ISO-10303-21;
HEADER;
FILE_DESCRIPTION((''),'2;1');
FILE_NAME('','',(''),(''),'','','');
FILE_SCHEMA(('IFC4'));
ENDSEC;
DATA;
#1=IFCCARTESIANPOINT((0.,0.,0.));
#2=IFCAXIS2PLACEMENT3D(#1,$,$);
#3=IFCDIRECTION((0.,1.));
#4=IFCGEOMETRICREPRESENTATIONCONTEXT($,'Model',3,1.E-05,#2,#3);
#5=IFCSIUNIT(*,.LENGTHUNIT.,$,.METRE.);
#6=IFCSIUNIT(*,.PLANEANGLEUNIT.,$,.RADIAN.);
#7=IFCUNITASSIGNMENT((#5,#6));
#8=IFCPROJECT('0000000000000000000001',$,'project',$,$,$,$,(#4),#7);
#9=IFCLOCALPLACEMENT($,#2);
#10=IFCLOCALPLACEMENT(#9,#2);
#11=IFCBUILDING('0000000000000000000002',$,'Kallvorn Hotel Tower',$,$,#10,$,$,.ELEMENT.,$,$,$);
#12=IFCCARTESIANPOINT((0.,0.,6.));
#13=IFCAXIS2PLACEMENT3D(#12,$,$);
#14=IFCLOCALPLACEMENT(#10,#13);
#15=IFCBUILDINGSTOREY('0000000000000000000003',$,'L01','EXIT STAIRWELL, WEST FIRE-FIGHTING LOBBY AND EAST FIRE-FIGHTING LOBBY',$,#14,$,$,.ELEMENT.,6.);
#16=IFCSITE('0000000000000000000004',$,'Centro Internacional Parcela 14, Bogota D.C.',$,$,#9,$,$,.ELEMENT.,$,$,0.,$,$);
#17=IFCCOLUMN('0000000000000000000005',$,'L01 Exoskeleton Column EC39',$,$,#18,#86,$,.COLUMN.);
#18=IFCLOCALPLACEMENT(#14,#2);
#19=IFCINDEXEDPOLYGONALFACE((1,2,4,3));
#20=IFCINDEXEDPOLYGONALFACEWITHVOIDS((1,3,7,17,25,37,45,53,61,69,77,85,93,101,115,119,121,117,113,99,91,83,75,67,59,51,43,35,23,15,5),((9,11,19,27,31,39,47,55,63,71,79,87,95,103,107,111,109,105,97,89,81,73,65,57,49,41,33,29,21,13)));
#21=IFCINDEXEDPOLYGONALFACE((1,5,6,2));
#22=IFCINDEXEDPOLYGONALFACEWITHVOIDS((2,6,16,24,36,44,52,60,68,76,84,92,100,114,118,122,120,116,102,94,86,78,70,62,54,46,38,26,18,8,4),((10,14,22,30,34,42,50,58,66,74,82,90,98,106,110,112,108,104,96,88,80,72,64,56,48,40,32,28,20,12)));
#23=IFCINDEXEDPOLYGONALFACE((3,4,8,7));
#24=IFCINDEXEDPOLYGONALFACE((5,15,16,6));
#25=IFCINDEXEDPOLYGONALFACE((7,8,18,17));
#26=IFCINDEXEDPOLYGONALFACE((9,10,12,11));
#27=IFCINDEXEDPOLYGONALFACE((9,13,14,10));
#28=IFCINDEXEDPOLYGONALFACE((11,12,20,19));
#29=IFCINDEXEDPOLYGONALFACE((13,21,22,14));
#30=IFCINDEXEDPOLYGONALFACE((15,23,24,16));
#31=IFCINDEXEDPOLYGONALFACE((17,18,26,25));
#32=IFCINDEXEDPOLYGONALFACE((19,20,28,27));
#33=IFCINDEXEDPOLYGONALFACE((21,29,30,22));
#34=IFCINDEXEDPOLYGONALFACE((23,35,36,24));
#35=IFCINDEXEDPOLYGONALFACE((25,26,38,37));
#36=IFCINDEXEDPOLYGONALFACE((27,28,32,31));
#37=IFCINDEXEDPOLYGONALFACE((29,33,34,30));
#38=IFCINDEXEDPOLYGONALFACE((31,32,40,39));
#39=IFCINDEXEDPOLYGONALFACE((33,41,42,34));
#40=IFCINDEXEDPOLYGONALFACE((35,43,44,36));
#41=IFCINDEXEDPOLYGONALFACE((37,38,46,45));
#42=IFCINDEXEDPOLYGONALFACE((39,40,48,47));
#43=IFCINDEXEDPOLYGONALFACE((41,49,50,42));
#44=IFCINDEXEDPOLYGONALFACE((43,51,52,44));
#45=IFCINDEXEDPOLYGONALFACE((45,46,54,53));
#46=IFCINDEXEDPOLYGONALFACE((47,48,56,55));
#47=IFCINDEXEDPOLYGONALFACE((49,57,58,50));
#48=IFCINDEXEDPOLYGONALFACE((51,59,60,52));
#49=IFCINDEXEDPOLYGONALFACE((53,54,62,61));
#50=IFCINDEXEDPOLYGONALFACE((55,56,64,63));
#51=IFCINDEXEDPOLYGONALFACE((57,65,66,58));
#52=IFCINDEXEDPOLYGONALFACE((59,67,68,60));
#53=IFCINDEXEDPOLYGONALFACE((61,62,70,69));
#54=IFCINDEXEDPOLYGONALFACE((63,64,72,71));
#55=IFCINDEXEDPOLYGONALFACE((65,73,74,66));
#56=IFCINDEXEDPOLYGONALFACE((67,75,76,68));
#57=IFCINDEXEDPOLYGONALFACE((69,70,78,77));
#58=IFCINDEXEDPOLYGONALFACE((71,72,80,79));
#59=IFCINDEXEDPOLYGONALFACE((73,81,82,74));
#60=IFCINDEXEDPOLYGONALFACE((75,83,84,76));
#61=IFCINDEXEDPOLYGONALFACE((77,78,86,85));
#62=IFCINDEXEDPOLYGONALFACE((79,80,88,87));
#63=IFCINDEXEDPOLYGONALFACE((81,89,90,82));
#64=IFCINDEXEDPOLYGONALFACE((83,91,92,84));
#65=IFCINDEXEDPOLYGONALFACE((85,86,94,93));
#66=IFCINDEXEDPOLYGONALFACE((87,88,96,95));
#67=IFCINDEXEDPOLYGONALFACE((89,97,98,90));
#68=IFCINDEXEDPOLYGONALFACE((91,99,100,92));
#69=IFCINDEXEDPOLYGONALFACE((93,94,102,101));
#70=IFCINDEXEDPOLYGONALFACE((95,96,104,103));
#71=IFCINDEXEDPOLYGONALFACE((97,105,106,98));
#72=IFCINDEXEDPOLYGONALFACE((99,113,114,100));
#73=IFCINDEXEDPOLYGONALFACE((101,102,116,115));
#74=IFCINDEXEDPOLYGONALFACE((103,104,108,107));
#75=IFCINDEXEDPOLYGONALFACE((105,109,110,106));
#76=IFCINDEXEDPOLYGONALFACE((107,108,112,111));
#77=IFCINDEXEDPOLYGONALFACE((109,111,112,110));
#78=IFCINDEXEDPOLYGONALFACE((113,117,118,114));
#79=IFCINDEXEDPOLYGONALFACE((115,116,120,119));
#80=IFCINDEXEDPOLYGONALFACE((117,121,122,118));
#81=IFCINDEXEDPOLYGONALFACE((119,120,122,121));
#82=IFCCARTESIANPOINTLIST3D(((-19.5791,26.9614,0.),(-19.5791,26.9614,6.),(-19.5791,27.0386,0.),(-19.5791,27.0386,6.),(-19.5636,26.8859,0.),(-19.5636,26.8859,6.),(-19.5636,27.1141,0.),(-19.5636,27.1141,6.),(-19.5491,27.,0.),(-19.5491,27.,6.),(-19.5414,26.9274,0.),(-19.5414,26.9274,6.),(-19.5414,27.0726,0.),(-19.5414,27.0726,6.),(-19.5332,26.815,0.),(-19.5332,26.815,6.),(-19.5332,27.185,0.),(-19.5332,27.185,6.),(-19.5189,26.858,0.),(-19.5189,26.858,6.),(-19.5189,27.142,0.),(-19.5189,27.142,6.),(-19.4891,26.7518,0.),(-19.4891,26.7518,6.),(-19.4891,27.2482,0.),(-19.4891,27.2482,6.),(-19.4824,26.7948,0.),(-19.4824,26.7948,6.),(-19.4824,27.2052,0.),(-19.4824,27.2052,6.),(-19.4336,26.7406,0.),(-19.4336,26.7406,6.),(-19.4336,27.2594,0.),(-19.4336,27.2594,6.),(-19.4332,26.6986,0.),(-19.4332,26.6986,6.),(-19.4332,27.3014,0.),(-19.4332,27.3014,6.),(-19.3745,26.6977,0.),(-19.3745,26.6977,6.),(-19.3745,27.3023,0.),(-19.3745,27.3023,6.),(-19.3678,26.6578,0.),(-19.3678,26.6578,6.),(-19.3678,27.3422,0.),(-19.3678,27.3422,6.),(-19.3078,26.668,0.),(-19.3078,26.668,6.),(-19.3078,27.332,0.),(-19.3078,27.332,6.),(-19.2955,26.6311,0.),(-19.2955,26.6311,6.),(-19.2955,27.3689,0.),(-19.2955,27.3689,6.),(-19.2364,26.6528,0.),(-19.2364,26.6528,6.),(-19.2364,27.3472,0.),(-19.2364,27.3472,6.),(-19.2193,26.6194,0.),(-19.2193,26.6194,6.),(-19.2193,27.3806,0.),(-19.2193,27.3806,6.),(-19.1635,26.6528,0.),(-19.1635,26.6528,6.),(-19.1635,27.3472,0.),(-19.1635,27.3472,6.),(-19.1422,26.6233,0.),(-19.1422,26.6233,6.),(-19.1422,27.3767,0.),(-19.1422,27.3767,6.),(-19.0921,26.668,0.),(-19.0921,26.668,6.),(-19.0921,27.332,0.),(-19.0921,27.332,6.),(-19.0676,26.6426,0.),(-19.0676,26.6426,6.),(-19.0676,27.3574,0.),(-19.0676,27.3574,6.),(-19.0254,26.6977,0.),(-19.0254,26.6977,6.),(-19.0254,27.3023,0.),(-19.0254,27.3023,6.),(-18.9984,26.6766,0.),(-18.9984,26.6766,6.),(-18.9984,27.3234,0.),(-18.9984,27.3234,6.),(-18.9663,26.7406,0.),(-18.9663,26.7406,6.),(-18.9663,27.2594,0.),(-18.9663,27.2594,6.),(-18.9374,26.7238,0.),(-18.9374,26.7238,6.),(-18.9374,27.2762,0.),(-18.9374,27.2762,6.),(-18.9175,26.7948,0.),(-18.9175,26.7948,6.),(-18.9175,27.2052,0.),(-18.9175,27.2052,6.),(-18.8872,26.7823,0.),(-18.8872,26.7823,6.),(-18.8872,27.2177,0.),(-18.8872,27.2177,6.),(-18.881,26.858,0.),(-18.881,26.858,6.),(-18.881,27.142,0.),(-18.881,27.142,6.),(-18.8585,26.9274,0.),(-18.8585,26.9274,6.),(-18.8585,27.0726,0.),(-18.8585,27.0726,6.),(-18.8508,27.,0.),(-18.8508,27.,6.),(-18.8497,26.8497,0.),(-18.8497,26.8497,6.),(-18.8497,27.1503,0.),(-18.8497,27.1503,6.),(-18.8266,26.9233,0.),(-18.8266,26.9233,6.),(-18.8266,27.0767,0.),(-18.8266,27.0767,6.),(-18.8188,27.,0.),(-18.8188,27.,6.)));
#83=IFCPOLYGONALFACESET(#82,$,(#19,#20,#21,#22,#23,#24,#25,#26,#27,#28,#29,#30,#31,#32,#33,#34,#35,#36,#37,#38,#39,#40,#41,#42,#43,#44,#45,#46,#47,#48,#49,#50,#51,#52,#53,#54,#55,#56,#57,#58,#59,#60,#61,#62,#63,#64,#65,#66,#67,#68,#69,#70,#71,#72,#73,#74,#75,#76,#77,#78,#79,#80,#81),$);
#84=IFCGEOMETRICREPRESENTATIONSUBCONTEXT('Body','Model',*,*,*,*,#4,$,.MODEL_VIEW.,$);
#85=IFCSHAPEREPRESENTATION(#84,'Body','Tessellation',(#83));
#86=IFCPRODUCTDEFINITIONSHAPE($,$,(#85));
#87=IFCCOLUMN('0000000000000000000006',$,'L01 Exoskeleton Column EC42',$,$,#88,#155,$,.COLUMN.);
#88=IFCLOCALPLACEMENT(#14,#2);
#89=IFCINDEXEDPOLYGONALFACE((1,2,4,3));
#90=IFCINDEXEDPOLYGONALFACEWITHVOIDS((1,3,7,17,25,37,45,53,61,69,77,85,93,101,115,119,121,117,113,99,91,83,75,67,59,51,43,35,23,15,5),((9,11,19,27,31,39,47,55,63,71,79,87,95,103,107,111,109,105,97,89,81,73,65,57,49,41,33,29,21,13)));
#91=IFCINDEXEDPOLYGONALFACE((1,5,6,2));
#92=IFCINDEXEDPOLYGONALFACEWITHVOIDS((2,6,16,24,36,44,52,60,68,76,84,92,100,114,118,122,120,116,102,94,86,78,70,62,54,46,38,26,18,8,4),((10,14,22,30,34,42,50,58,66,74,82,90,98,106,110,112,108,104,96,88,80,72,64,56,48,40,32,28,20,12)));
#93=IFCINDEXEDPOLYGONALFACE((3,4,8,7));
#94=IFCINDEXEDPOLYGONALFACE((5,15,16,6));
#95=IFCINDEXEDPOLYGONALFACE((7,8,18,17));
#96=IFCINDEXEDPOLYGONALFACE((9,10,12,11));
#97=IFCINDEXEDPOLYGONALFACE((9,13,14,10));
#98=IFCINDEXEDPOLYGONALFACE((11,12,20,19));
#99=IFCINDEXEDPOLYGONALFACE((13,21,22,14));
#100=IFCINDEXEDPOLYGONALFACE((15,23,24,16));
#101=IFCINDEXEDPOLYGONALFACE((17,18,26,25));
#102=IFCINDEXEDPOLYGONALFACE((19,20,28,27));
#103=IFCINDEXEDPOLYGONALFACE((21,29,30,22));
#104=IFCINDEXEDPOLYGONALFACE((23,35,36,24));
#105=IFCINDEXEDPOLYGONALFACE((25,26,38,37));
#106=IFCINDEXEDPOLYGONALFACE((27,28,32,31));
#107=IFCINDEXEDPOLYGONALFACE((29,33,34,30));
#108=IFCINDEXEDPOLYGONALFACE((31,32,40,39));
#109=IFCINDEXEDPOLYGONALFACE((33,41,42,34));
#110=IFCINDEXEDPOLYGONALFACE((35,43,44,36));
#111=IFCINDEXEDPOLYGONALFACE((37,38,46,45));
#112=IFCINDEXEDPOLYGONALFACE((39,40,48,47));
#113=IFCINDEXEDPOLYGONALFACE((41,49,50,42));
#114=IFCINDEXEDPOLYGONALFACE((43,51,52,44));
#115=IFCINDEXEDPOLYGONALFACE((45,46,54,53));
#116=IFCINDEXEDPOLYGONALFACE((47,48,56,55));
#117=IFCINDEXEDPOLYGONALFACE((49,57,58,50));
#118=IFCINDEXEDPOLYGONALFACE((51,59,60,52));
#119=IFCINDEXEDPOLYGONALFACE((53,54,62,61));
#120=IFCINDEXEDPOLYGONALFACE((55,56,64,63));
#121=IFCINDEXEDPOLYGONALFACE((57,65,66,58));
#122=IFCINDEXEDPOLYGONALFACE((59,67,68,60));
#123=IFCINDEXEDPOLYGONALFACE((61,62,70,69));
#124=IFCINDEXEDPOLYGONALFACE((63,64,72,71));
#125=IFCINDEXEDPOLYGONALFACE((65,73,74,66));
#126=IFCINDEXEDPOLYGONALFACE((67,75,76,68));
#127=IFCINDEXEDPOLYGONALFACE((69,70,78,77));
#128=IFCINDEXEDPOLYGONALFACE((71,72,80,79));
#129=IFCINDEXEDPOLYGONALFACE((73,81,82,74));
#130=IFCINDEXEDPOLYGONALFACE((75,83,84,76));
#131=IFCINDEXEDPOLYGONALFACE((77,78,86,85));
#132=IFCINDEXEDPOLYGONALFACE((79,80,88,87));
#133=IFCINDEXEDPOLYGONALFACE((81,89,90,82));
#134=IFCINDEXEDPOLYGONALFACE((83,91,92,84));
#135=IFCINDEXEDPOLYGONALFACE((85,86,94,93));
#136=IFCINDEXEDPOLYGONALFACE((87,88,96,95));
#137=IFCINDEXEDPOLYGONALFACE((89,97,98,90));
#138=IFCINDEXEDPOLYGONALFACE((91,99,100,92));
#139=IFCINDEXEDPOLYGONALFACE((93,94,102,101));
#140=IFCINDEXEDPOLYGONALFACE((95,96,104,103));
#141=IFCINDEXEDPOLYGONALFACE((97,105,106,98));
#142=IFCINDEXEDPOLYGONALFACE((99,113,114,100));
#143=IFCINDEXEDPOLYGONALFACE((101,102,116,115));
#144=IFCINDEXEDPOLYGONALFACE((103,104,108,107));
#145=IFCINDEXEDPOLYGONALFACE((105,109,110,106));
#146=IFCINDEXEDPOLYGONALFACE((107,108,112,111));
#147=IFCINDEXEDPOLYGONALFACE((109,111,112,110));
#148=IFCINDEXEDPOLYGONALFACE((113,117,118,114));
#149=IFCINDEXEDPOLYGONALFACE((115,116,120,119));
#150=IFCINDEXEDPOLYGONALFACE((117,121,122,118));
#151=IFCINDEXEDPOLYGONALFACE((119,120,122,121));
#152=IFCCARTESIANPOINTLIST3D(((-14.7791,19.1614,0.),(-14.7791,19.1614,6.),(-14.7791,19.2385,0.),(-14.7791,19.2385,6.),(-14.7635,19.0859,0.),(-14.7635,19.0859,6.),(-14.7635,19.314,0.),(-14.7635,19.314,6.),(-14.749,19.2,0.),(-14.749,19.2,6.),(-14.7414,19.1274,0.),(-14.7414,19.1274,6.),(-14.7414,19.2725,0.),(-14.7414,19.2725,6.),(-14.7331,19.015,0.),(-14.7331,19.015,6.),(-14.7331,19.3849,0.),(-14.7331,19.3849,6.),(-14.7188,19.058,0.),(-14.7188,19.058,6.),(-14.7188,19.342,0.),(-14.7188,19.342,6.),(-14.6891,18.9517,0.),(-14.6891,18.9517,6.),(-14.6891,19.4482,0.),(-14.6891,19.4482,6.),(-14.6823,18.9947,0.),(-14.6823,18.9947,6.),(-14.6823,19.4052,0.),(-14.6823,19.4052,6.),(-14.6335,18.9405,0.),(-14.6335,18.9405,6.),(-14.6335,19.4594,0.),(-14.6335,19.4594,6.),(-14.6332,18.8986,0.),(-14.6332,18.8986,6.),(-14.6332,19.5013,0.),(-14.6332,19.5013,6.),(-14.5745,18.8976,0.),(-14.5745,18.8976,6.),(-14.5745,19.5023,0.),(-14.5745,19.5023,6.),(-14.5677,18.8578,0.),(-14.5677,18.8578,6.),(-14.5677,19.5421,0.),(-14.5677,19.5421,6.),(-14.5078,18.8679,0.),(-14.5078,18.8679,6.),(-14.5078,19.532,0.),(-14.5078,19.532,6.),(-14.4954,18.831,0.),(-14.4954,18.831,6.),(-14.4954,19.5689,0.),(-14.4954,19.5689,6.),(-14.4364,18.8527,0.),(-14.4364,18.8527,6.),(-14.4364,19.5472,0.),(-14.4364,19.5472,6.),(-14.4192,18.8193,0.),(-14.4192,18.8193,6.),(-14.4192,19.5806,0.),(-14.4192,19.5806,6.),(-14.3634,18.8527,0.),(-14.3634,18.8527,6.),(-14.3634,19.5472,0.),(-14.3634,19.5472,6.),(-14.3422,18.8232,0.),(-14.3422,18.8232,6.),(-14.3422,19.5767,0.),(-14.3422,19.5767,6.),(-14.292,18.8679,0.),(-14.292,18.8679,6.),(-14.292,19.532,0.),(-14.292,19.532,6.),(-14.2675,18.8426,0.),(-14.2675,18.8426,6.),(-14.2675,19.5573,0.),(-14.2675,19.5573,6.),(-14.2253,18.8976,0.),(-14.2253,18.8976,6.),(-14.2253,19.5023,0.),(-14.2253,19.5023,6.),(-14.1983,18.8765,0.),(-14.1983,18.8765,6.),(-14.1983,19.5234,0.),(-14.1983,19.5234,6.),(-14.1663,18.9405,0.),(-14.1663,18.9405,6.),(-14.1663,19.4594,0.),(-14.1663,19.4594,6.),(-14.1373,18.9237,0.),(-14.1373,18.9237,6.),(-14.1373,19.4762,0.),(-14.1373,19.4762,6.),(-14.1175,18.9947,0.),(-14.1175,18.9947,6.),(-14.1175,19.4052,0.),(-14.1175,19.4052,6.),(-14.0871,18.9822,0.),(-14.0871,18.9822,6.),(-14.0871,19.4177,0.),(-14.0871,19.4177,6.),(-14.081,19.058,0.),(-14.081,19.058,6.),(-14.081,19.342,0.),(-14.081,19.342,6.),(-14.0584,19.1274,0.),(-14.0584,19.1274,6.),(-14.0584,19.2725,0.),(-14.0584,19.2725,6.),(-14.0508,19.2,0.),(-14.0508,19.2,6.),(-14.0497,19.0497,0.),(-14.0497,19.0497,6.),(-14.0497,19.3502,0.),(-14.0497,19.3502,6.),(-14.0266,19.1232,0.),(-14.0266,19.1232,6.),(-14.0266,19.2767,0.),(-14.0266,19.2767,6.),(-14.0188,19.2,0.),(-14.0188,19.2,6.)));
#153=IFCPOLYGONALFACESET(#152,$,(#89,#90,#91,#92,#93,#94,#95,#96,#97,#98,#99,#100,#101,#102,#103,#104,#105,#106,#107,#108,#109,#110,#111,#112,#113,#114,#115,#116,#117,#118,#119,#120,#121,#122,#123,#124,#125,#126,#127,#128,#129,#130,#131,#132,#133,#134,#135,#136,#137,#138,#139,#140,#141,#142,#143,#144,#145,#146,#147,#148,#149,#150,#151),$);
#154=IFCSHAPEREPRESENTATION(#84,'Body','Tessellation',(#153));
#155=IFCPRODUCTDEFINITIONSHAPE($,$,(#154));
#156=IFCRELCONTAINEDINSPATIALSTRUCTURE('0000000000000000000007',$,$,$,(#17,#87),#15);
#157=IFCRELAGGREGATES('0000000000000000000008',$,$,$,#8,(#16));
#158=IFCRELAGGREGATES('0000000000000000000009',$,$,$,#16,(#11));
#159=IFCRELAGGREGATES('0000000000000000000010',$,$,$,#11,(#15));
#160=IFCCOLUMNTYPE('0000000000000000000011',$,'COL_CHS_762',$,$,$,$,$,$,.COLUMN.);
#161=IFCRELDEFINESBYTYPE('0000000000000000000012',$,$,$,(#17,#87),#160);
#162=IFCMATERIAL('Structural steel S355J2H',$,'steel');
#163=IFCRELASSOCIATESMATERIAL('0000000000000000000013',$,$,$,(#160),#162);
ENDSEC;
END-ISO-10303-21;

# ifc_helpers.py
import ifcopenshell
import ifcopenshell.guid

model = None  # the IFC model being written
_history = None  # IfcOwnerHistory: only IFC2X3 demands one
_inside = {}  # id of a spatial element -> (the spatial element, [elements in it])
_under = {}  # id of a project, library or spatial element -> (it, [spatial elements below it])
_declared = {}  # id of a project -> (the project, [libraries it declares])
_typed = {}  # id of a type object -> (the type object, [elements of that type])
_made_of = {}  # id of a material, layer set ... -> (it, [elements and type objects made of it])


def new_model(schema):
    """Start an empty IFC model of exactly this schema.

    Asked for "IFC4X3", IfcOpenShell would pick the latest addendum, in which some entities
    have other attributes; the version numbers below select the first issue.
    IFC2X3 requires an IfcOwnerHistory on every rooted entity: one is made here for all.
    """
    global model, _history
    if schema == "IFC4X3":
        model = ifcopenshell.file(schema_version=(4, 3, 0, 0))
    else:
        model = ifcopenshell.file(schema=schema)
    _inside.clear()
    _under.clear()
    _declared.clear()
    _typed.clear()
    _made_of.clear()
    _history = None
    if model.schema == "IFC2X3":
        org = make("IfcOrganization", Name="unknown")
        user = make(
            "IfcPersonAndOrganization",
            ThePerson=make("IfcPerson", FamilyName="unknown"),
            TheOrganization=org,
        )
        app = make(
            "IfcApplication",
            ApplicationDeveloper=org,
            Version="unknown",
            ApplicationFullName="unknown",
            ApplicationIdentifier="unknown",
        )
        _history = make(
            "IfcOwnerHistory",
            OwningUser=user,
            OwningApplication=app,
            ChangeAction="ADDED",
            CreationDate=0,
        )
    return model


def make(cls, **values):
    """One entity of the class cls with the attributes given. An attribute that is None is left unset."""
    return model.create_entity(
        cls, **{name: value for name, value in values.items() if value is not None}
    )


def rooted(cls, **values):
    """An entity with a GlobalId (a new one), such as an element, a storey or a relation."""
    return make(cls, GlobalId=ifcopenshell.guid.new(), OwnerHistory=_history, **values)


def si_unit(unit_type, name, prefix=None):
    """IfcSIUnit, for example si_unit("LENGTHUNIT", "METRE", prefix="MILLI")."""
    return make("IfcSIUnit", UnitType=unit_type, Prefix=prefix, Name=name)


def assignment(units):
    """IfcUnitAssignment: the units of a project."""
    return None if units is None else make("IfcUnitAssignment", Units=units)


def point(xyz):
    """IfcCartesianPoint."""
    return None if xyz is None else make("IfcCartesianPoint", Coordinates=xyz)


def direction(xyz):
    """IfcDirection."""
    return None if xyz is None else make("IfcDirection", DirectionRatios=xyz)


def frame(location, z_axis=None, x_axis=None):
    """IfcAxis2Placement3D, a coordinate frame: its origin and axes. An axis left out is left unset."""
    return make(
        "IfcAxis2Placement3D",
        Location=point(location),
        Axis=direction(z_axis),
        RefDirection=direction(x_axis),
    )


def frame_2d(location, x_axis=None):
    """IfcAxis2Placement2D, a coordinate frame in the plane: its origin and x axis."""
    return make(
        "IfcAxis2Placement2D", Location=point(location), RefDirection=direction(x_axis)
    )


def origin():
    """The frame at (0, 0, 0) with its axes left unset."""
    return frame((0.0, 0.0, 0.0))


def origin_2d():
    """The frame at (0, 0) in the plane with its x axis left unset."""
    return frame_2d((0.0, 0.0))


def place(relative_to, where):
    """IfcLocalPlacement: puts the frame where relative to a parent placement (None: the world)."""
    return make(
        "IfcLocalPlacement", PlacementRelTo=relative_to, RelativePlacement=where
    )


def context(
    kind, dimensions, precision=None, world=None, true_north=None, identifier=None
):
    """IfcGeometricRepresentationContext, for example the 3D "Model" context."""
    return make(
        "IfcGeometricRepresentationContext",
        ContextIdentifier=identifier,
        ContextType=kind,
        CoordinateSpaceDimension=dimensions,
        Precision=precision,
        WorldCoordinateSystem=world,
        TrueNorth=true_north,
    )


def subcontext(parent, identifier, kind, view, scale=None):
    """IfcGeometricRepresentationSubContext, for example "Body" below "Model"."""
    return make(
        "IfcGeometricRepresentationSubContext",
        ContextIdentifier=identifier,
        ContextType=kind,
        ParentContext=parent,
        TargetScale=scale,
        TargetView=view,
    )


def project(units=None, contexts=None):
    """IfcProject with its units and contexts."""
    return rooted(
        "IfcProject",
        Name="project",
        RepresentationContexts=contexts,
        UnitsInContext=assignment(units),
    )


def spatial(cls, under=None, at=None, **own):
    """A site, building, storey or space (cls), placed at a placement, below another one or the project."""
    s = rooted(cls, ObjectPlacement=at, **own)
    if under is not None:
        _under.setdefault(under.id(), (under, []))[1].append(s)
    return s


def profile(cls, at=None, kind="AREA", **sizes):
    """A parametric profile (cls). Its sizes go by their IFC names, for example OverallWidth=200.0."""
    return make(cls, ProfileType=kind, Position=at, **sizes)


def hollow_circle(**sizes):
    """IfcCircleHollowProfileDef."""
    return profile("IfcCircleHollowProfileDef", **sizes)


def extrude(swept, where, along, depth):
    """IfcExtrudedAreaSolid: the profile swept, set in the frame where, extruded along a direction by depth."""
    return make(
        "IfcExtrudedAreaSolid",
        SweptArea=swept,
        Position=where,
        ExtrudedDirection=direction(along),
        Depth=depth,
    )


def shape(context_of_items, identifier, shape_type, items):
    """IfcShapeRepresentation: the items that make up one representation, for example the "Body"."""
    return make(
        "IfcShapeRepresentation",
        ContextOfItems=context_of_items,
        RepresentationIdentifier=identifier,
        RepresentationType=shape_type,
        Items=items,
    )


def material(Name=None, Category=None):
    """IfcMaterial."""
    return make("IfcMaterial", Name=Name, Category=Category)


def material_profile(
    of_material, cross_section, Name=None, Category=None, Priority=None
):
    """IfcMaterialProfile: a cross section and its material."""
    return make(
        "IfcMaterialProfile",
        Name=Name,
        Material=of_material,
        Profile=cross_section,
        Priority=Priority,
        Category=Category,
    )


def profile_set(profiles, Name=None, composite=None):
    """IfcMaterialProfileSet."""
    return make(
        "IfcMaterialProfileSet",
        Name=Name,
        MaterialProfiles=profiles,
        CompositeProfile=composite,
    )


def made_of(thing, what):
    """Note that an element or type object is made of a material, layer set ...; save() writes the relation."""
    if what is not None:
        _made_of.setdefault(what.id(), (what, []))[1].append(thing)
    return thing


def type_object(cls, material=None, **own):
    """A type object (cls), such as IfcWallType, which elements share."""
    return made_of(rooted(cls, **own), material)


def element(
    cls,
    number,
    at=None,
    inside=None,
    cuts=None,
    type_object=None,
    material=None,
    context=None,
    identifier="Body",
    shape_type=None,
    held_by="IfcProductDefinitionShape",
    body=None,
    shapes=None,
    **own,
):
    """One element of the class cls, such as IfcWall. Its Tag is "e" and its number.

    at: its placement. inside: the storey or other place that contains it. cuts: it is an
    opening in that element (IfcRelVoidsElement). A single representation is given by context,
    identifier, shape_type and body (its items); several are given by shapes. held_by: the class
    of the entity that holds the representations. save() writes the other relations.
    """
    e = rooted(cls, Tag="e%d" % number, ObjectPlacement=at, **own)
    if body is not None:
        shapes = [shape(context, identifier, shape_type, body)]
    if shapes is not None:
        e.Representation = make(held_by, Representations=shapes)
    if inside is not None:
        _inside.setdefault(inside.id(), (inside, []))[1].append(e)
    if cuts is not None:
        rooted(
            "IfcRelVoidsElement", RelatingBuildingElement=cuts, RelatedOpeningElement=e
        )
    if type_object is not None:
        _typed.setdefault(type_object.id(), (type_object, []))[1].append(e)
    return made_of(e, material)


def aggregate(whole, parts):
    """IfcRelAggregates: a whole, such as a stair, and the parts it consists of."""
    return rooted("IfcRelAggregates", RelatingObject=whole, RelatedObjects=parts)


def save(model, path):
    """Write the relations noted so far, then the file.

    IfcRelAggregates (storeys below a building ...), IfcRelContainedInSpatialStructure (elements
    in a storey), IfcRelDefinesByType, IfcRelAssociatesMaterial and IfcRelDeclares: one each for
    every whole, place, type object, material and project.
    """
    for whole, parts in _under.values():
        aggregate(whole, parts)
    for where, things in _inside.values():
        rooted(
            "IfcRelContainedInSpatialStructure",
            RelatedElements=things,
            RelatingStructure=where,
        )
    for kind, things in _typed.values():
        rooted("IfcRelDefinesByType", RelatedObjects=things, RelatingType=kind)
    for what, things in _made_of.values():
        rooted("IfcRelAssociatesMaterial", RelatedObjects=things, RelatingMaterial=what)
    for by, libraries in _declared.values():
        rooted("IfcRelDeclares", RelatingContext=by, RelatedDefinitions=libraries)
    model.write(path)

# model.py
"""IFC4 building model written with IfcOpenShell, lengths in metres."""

from ifc_helpers import new_model, si_unit, direction, frame, origin, origin_2d, place, context, subcontext, project, spatial, hollow_circle, extrude, material, material_profile, profile_set, type_object, element, save


model = new_model("IFC4")

# Units and contexts
model_context = context("Model", 3, precision=1e-05, world=origin(), true_north=direction((0.0, 1.0)))
body_context = subcontext(model_context, "Body", "Model", "MODEL_VIEW")
ifc_project = project(units=[si_unit("LENGTHUNIT", "METRE"), si_unit("PLANEANGLEUNIT", "RADIAN")], contexts=[model_context])

# Site, building, storey
site_placement = place(None, origin())
site = spatial("IfcSite", under=ifc_project, at=site_placement, Name="Centro Internacional Parcela 14, Bogota D.C.", CompositionType="ELEMENT", RefElevation=0.0)
building_placement = place(site_placement, origin())
building = spatial("IfcBuilding", under=site, at=building_placement, Name="Kallvorn Hotel Tower", CompositionType="ELEMENT")
storey_placement = place(building_placement, frame((0.0, 0.0, 6.0)))
storey = spatial("IfcBuildingStorey", under=building, at=storey_placement, Name="L01", Description="EXIT STAIRWELL, WEST FIRE-FIGHTING LOBBY AND EAST FIRE-FIGHTING LOBBY", CompositionType="ELEMENT", Elevation=6.0)

# Columns
ifc_material_1 = material(Name="Structural steel S355J2H", Category="steel")
ifc_material_profile_1 = material_profile(ifc_material_1, hollow_circle(Radius=0.3811, WallThickness=0.032, at=origin_2d()), Name="CHS 762x32")
ifc_profile_set_1 = profile_set([ifc_material_profile_1], Name="Structural steel S355J2H")
column_type_1 = type_object("IfcColumnType", Name="COL_CHS_762", PredefinedType="COLUMN", material=ifc_profile_set_1)
for number, where, z_axis, x_axis, name in (
    (1, (-19.2, 27.0, 0.0), (0.0, 0.0, 1.0), (1.0, 0.0, 0.0), "L01 Exoskeleton Column EC39"),
    (2, (-14.3999, 19.2, 0.0), (0.0, 0.0, 1.0), (1.0, 0.0, 0.0), "L01 Exoskeleton Column EC42"),
):
    element("IfcColumn", number, at=place(storey_placement, frame(where, z_axis=z_axis, x_axis=x_axis)), inside=storey, type_object=column_type_1, Name=name, PredefinedType="COLUMN", context=body_context, shape_type="SweptSolid", body=[
        extrude(hollow_circle(Radius=0.3811, WallThickness=0.032, at=origin_2d()), origin(), (0.0, 0.0, 1.0), 6.0),
    ])

save(model, "model.ifc")
